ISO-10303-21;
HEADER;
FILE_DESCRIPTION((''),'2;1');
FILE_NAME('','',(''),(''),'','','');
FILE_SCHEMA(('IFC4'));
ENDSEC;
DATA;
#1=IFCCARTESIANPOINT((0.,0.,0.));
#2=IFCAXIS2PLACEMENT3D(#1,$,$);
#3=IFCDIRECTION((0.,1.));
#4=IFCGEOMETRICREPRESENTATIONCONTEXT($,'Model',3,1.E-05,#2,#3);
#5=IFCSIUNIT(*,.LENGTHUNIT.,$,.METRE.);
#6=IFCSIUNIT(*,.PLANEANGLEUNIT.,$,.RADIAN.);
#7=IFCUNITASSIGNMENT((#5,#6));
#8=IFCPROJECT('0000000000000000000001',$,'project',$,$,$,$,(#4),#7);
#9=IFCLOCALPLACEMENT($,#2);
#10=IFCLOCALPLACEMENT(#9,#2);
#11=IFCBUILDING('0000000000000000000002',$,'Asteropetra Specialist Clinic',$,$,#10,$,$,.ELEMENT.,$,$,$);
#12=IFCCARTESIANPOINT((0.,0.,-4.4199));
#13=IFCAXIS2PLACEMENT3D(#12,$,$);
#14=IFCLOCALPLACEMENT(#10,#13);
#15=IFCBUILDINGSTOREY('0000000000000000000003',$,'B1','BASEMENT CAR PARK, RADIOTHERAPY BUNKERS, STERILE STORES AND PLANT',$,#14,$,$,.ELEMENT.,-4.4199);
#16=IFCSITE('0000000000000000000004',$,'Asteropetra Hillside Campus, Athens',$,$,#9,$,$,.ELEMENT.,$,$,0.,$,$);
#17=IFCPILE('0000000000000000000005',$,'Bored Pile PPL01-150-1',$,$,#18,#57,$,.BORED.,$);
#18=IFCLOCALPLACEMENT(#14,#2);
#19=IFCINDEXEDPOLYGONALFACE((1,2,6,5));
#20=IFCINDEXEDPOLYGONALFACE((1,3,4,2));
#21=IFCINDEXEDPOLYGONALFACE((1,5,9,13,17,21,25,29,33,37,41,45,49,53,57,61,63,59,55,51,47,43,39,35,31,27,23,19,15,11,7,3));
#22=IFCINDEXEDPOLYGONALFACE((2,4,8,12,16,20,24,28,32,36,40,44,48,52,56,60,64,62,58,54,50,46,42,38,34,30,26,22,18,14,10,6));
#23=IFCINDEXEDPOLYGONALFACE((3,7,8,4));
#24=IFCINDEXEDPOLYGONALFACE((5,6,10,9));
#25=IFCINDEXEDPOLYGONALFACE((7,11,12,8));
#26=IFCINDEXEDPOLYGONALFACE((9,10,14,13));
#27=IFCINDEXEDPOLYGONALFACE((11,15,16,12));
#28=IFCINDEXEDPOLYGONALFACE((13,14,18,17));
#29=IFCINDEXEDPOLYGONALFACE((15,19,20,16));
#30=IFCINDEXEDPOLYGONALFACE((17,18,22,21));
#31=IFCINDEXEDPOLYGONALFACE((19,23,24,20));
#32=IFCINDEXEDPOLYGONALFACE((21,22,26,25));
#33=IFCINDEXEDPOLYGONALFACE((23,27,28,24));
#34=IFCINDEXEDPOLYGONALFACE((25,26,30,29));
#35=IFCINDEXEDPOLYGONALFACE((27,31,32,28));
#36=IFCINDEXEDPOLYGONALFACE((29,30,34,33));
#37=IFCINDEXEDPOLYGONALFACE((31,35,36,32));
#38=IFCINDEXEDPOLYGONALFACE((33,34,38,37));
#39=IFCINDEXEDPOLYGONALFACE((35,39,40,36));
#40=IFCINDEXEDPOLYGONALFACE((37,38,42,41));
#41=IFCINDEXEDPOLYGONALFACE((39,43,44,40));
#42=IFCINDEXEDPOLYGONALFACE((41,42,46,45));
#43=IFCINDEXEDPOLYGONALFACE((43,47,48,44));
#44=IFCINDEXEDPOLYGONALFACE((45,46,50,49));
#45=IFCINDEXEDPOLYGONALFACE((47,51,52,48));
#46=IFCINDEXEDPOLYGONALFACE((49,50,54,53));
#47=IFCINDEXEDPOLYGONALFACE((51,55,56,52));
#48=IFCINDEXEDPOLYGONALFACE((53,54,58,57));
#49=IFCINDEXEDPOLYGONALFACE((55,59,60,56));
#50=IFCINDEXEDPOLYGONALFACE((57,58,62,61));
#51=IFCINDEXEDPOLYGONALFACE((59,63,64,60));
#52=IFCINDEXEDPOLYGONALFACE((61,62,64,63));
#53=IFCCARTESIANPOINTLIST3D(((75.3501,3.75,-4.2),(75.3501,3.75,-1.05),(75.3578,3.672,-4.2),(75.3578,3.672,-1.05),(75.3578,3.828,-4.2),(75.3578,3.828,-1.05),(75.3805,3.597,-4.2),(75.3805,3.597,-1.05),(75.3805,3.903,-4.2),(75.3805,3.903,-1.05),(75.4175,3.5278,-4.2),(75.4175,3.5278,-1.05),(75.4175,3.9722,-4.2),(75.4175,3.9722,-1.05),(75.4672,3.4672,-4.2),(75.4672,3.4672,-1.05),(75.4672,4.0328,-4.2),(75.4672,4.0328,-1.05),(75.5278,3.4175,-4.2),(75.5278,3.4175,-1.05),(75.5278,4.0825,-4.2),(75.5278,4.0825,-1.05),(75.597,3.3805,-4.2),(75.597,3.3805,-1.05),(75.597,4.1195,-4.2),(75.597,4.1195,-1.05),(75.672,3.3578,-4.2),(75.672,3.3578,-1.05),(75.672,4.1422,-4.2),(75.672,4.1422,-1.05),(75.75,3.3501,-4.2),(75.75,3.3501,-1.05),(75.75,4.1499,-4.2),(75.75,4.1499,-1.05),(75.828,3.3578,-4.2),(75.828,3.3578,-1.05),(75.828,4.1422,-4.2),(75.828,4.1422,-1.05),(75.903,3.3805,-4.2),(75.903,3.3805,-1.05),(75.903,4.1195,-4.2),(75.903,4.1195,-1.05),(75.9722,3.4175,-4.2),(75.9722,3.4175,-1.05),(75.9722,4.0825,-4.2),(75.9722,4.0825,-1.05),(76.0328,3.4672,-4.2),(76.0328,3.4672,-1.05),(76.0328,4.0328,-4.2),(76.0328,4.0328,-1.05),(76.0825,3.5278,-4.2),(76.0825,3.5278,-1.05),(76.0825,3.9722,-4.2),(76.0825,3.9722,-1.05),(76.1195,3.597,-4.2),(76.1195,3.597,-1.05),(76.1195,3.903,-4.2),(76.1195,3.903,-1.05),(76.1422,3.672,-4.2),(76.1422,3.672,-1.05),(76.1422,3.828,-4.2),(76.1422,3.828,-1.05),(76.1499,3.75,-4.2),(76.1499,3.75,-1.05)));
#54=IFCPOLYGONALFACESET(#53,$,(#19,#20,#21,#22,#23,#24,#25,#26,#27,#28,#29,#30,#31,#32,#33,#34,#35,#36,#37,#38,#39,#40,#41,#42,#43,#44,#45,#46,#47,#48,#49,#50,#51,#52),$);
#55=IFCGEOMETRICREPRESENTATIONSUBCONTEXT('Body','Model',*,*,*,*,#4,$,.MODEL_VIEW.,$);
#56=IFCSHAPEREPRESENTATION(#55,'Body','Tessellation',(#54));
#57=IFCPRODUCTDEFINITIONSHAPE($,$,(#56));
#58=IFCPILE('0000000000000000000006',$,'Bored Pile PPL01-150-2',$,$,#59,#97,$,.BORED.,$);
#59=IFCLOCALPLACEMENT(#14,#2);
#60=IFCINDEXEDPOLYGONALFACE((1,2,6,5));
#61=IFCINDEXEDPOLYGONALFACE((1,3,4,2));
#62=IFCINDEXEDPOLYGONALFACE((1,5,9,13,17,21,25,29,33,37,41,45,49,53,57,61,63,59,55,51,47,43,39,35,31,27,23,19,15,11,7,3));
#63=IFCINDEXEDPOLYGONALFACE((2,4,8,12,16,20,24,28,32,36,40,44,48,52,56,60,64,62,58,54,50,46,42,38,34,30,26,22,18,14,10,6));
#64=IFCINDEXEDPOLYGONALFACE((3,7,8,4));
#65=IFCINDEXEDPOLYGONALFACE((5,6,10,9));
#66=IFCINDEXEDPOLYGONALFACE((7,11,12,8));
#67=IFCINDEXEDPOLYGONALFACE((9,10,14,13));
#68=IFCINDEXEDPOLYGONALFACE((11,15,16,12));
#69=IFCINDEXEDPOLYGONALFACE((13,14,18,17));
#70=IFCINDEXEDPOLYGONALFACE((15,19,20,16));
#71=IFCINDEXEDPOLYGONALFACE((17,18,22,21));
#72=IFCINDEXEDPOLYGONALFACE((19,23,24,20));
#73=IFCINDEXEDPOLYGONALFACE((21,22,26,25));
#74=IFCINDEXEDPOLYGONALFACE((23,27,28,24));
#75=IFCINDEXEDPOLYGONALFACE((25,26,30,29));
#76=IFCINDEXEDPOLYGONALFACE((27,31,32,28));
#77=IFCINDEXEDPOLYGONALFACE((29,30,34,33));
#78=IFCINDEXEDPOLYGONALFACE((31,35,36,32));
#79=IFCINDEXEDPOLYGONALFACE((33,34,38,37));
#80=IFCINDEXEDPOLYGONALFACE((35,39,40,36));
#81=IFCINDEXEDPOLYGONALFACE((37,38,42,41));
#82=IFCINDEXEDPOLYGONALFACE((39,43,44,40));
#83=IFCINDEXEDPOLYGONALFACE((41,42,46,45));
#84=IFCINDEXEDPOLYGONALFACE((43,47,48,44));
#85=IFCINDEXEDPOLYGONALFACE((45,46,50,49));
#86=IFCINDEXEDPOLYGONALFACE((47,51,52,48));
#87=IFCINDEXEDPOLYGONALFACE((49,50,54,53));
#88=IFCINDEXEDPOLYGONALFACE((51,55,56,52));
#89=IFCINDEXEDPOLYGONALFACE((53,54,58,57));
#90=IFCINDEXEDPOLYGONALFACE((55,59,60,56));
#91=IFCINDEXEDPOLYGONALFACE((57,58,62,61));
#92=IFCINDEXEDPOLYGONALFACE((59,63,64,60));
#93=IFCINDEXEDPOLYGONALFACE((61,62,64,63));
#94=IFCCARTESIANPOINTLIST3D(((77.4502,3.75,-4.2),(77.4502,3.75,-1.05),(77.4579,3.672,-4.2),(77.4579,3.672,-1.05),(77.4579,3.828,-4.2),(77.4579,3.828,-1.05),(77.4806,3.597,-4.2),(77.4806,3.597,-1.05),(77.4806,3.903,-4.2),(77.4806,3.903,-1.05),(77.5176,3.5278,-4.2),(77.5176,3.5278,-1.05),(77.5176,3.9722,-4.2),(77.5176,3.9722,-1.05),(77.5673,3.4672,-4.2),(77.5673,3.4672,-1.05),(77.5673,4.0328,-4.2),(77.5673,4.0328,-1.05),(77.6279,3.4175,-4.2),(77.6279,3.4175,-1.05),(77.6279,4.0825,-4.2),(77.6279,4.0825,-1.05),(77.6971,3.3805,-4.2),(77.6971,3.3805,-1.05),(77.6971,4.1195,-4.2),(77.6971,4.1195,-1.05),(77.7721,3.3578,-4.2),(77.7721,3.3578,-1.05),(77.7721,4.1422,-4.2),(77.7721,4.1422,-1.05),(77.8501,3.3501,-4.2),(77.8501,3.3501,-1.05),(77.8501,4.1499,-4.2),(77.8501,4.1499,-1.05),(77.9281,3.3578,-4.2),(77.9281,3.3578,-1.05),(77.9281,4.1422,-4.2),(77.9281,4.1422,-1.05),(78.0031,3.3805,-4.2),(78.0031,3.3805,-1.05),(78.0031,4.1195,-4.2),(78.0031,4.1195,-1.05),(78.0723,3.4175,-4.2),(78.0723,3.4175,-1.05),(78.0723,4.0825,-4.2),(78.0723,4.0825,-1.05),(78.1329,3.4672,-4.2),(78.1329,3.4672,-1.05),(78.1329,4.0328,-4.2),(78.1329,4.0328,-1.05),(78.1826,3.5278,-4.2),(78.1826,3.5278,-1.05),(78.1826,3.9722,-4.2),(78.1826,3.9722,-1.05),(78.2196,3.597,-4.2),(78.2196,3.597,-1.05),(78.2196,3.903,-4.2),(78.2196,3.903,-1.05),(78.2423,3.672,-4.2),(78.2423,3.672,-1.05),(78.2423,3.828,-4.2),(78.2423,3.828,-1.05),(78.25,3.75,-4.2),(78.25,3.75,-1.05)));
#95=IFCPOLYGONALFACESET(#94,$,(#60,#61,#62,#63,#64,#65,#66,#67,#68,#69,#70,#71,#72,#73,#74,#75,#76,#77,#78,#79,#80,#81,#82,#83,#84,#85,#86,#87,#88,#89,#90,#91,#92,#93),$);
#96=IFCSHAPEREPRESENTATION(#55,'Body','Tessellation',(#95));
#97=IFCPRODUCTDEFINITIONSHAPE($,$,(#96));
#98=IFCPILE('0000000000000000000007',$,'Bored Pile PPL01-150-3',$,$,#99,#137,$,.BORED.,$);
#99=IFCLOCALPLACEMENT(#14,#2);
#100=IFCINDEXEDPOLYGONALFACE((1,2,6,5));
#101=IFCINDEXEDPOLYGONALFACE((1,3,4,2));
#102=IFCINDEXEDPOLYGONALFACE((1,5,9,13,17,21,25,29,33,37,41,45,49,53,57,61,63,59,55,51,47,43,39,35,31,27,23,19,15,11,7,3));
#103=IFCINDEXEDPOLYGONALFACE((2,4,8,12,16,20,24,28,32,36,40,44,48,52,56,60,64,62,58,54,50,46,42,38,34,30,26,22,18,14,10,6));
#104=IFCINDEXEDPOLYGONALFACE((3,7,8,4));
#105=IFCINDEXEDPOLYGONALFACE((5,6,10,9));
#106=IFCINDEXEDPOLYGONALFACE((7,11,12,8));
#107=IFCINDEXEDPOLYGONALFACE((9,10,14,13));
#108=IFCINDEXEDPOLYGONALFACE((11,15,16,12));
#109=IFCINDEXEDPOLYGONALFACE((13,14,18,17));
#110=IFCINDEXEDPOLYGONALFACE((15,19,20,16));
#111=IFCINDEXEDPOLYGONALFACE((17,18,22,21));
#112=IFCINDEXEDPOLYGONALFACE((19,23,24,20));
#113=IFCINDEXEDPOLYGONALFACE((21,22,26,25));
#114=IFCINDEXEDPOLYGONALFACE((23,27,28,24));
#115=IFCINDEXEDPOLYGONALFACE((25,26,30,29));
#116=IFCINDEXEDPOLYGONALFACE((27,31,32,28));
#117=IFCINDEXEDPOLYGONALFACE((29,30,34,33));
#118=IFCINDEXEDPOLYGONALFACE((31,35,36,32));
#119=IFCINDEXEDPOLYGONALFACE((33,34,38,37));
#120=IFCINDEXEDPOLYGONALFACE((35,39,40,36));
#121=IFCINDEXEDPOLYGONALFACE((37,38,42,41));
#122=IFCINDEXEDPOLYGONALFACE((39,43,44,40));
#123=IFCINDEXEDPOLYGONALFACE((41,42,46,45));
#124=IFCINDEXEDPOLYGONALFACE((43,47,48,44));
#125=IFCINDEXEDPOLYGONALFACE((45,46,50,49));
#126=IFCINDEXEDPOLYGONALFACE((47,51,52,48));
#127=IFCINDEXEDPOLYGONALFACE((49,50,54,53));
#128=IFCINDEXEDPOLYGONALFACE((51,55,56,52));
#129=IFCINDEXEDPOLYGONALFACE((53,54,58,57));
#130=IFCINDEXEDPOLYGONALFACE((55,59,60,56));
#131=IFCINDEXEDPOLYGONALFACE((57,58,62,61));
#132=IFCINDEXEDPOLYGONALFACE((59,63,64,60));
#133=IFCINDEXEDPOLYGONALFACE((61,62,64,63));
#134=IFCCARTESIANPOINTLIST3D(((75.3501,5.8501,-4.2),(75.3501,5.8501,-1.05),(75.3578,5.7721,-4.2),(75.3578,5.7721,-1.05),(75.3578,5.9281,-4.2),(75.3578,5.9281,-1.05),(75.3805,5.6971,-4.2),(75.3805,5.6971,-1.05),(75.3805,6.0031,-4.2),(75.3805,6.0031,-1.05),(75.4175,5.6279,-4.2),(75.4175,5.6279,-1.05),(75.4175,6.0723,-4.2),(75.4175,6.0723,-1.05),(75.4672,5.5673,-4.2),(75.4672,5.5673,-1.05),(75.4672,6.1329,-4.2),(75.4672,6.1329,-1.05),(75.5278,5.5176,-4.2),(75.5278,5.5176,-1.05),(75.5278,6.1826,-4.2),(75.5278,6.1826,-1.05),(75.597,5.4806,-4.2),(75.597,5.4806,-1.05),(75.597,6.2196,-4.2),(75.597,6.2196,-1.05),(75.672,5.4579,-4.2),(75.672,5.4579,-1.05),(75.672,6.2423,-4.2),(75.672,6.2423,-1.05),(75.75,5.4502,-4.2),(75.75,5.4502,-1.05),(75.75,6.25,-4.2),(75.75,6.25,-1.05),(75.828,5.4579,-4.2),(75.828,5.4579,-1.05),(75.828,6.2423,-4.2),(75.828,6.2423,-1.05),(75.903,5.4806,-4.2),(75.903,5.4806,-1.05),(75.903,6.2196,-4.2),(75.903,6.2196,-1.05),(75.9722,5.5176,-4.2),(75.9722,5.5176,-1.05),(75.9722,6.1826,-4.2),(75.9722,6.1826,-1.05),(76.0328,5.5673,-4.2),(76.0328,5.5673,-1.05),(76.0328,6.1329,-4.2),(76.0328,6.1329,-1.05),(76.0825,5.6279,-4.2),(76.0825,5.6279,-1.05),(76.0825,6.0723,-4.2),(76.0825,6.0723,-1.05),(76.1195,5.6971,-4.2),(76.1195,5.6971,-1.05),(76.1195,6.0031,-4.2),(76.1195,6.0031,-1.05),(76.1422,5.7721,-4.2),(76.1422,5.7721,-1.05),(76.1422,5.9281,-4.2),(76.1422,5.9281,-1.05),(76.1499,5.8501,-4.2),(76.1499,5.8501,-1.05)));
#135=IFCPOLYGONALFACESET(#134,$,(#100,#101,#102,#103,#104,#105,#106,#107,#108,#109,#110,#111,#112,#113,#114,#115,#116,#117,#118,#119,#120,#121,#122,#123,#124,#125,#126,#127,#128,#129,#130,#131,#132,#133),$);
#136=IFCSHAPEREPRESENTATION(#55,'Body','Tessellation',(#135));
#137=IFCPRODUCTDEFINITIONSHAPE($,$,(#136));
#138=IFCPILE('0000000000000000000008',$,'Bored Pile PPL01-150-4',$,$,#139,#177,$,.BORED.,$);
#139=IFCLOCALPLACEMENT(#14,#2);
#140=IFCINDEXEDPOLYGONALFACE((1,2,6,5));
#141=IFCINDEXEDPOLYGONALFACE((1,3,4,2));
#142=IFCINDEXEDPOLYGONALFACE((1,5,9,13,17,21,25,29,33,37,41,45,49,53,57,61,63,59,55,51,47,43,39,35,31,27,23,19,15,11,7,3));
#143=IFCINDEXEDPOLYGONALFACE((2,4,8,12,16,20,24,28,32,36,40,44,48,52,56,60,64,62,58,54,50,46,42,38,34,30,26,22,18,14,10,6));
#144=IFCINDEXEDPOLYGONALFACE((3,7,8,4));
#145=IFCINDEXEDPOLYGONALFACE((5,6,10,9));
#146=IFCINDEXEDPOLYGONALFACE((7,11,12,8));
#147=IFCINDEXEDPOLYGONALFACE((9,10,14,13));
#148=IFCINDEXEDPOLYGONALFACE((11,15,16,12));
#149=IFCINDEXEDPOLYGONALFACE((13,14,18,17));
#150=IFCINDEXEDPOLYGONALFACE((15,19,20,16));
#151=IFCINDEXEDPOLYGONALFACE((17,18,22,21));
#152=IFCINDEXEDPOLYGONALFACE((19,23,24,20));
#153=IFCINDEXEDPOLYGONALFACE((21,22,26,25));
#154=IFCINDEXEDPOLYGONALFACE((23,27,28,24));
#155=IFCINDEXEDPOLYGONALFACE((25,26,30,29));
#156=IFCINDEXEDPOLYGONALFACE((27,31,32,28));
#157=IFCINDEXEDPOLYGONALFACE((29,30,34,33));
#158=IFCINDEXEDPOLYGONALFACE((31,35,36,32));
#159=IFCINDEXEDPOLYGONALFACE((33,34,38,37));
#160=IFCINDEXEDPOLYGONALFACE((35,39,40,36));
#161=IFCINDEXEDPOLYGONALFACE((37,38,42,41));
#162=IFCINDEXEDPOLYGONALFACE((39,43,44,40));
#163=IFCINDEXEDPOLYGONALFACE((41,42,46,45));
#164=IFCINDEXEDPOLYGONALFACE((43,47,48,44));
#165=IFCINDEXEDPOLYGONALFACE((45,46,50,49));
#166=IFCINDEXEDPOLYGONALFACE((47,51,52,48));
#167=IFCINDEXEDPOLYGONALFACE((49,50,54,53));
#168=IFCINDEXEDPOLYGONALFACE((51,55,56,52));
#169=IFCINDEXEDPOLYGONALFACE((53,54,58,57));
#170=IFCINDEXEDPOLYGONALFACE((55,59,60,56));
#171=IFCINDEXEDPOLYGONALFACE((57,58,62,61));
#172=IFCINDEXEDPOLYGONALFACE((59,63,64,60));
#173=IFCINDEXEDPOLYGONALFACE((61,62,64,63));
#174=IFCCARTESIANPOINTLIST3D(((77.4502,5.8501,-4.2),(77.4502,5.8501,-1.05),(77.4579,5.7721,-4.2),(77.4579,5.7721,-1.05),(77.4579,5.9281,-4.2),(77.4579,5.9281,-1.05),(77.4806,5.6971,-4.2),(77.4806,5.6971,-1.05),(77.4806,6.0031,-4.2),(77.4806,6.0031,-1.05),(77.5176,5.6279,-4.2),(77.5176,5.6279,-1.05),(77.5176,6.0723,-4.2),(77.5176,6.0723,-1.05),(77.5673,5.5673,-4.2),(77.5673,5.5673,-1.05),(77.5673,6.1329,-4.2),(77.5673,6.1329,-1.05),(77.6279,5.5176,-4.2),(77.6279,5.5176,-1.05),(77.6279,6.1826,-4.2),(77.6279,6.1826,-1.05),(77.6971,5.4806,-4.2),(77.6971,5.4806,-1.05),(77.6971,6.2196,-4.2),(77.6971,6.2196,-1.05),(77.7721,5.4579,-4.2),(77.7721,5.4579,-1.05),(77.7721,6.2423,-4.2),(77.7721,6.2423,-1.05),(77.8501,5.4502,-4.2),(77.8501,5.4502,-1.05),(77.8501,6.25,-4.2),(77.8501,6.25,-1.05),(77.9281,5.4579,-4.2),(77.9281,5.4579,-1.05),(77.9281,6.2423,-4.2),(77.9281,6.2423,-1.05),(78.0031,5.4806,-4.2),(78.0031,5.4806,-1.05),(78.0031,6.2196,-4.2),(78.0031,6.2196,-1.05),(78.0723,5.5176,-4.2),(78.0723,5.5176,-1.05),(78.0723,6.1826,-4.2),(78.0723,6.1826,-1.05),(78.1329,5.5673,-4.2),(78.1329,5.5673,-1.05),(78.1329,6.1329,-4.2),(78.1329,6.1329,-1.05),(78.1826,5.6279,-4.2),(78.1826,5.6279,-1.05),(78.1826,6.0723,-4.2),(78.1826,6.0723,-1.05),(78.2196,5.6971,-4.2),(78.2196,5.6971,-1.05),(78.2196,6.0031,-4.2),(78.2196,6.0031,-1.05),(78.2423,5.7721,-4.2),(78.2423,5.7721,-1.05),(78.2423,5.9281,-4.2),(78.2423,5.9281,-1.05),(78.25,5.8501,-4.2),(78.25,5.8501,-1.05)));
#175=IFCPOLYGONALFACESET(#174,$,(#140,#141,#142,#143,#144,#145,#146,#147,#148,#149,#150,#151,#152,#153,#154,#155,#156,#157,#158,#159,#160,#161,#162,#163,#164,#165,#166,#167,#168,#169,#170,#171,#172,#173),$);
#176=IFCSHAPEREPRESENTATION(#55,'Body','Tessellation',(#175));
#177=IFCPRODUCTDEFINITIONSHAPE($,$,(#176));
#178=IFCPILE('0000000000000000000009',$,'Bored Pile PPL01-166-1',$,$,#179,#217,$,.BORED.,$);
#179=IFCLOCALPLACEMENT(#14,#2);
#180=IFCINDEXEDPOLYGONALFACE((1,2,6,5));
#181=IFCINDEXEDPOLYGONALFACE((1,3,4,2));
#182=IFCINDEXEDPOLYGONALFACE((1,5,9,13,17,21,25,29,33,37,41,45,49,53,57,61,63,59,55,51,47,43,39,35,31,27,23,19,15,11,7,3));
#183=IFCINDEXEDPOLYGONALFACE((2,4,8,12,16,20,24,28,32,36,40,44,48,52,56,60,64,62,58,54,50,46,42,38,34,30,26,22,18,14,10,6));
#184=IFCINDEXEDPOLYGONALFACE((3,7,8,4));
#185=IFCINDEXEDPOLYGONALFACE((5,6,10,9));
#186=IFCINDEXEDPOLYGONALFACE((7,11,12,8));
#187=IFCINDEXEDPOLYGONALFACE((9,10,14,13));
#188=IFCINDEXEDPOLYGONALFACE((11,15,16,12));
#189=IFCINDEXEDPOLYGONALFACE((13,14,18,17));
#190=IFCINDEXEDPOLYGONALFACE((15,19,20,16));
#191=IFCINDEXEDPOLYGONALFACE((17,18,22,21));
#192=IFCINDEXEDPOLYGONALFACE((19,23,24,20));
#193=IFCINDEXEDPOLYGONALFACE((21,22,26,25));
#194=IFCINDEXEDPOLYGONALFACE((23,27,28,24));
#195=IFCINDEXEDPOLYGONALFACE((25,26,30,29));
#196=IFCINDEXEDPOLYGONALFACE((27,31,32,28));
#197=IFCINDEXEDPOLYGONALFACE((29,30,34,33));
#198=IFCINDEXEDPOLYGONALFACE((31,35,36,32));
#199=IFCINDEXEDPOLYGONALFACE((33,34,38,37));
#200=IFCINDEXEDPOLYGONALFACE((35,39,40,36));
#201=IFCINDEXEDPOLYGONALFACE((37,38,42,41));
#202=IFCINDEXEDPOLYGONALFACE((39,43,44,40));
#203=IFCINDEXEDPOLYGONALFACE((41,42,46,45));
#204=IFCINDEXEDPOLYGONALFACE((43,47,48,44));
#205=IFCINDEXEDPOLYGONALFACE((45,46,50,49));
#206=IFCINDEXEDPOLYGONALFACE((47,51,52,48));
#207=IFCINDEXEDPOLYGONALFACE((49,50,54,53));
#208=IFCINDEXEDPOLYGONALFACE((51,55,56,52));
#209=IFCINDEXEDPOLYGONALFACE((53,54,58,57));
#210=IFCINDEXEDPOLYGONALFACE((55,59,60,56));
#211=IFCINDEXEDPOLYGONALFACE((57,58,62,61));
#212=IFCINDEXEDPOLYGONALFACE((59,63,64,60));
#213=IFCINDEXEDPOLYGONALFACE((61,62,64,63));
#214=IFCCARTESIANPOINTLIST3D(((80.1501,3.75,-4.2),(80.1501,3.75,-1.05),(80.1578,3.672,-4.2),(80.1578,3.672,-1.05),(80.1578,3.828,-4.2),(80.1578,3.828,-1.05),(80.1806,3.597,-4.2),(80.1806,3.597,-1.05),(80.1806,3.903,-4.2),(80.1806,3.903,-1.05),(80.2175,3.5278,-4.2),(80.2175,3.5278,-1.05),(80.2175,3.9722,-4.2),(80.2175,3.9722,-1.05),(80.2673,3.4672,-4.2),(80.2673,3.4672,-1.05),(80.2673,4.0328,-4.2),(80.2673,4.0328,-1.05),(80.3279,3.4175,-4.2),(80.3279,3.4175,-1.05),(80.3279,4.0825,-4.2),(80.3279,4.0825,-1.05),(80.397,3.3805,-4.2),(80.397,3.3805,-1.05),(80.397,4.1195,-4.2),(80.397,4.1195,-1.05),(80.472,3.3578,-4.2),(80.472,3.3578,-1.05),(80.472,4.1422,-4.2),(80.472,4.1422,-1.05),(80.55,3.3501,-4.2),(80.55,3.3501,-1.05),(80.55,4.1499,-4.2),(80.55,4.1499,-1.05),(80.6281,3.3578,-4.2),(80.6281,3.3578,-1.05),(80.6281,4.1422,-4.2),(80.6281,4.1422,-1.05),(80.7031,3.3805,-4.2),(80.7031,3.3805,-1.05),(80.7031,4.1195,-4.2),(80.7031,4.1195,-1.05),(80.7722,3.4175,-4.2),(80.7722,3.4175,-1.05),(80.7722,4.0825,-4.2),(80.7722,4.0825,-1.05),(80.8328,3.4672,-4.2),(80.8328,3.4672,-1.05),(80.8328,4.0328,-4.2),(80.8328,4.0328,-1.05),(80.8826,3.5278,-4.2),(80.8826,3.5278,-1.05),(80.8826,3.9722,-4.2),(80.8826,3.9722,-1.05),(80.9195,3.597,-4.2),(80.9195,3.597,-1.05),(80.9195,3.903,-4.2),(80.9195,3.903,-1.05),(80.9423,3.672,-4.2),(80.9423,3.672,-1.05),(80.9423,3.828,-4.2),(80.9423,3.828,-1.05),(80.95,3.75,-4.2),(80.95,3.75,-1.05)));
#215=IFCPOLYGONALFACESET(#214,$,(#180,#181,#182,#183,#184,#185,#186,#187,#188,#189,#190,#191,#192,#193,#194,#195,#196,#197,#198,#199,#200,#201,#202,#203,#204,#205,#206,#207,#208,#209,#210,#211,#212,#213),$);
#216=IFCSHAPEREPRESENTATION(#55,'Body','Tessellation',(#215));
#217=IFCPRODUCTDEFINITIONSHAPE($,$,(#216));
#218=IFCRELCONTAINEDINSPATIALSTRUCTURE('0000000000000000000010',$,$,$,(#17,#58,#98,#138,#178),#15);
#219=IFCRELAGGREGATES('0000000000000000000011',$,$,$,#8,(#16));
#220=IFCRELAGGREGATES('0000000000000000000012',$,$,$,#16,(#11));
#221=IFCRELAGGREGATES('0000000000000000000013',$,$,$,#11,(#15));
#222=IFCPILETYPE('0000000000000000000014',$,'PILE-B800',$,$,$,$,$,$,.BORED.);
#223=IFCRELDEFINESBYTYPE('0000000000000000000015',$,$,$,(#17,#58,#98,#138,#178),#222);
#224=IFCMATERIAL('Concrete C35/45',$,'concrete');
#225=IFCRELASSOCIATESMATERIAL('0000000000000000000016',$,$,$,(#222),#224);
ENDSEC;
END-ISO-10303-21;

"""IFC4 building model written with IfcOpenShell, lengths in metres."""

from ifc_helpers import new_model, si_unit, direction, frame, origin, origin_2d, place, context, subcontext, project, spatial, circle, extrude, material, material_profile, profile_set, type_object, element, save


model = new_model("IFC4")

# Units and contexts
model_context = context("Model", 3, precision=1e-05, world=origin(), true_north=direction((0.0, 1.0)))
body_context = subcontext(model_context, "Body", "Model", "MODEL_VIEW")
ifc_project = project(units=[si_unit("LENGTHUNIT", "METRE"), si_unit("PLANEANGLEUNIT", "RADIAN")], contexts=[model_context])

# Site, building, storey
site_placement = place(None, origin())
site = spatial("IfcSite", under=ifc_project, at=site_placement, Name="Asteropetra Hillside Campus, Athens", CompositionType="ELEMENT", RefElevation=0.0)
building_placement = place(site_placement, origin())
building = spatial("IfcBuilding", under=site, at=building_placement, Name="Asteropetra Specialist Clinic", CompositionType="ELEMENT")
storey_placement = place(building_placement, frame((0.0, 0.0, -4.4199)))
storey = spatial("IfcBuildingStorey", under=building, at=storey_placement, Name="B1", Description="BASEMENT CAR PARK, RADIOTHERAPY BUNKERS, STERILE STORES AND PLANT", CompositionType="ELEMENT", Elevation=-4.4199)

# Piles
ifc_material_1 = material(Name="Concrete C35/45", Category="concrete")
ifc_material_profile_1 = material_profile(ifc_material_1, circle(Radius=0.3999, at=origin_2d()), Name="PILE D800")
ifc_profile_set_1 = profile_set([ifc_material_profile_1], Name="Concrete C35/45")
pile_type_1 = type_object("IfcPileType", Name="PILE-B800", PredefinedType="BORED", material=ifc_profile_set_1)
for number, where, z_axis, x_axis, name in (
    (1, (75.75, 3.75, -1.05), (0.0, 0.0, -1.0), (1.0, 0.0, 0.0), "Bored Pile PPL01-150-1"),
    (2, (77.8501, 3.75, -1.05), (0.0, 0.0, -1.0), (1.0, 0.0, 0.0), "Bored Pile PPL01-150-2"),
    (3, (75.75, 5.8501, -1.05), (0.0, 0.0, -1.0), (1.0, 0.0, 0.0), "Bored Pile PPL01-150-3"),
    (4, (77.8501, 5.8501, -1.05), (0.0, 0.0, -1.0), (1.0, 0.0, 0.0), "Bored Pile PPL01-150-4"),
    (5, (80.55, 3.75, -1.05), (0.0, 0.0, -1.0), (1.0, 0.0, 0.0), "Bored Pile PPL01-166-1"),
):
    element("IfcPile", number, at=place(storey_placement, frame(where, z_axis=z_axis, x_axis=x_axis)), inside=storey, type_object=pile_type_1, Name=name, PredefinedType="BORED", context=body_context, shape_type="SweptSolid", body=[
        extrude(circle(Radius=0.3999, at=origin_2d()), origin(), (0.0, 0.0, 1.0), 3.1499),
    ])

save(model, "model.ifc")
